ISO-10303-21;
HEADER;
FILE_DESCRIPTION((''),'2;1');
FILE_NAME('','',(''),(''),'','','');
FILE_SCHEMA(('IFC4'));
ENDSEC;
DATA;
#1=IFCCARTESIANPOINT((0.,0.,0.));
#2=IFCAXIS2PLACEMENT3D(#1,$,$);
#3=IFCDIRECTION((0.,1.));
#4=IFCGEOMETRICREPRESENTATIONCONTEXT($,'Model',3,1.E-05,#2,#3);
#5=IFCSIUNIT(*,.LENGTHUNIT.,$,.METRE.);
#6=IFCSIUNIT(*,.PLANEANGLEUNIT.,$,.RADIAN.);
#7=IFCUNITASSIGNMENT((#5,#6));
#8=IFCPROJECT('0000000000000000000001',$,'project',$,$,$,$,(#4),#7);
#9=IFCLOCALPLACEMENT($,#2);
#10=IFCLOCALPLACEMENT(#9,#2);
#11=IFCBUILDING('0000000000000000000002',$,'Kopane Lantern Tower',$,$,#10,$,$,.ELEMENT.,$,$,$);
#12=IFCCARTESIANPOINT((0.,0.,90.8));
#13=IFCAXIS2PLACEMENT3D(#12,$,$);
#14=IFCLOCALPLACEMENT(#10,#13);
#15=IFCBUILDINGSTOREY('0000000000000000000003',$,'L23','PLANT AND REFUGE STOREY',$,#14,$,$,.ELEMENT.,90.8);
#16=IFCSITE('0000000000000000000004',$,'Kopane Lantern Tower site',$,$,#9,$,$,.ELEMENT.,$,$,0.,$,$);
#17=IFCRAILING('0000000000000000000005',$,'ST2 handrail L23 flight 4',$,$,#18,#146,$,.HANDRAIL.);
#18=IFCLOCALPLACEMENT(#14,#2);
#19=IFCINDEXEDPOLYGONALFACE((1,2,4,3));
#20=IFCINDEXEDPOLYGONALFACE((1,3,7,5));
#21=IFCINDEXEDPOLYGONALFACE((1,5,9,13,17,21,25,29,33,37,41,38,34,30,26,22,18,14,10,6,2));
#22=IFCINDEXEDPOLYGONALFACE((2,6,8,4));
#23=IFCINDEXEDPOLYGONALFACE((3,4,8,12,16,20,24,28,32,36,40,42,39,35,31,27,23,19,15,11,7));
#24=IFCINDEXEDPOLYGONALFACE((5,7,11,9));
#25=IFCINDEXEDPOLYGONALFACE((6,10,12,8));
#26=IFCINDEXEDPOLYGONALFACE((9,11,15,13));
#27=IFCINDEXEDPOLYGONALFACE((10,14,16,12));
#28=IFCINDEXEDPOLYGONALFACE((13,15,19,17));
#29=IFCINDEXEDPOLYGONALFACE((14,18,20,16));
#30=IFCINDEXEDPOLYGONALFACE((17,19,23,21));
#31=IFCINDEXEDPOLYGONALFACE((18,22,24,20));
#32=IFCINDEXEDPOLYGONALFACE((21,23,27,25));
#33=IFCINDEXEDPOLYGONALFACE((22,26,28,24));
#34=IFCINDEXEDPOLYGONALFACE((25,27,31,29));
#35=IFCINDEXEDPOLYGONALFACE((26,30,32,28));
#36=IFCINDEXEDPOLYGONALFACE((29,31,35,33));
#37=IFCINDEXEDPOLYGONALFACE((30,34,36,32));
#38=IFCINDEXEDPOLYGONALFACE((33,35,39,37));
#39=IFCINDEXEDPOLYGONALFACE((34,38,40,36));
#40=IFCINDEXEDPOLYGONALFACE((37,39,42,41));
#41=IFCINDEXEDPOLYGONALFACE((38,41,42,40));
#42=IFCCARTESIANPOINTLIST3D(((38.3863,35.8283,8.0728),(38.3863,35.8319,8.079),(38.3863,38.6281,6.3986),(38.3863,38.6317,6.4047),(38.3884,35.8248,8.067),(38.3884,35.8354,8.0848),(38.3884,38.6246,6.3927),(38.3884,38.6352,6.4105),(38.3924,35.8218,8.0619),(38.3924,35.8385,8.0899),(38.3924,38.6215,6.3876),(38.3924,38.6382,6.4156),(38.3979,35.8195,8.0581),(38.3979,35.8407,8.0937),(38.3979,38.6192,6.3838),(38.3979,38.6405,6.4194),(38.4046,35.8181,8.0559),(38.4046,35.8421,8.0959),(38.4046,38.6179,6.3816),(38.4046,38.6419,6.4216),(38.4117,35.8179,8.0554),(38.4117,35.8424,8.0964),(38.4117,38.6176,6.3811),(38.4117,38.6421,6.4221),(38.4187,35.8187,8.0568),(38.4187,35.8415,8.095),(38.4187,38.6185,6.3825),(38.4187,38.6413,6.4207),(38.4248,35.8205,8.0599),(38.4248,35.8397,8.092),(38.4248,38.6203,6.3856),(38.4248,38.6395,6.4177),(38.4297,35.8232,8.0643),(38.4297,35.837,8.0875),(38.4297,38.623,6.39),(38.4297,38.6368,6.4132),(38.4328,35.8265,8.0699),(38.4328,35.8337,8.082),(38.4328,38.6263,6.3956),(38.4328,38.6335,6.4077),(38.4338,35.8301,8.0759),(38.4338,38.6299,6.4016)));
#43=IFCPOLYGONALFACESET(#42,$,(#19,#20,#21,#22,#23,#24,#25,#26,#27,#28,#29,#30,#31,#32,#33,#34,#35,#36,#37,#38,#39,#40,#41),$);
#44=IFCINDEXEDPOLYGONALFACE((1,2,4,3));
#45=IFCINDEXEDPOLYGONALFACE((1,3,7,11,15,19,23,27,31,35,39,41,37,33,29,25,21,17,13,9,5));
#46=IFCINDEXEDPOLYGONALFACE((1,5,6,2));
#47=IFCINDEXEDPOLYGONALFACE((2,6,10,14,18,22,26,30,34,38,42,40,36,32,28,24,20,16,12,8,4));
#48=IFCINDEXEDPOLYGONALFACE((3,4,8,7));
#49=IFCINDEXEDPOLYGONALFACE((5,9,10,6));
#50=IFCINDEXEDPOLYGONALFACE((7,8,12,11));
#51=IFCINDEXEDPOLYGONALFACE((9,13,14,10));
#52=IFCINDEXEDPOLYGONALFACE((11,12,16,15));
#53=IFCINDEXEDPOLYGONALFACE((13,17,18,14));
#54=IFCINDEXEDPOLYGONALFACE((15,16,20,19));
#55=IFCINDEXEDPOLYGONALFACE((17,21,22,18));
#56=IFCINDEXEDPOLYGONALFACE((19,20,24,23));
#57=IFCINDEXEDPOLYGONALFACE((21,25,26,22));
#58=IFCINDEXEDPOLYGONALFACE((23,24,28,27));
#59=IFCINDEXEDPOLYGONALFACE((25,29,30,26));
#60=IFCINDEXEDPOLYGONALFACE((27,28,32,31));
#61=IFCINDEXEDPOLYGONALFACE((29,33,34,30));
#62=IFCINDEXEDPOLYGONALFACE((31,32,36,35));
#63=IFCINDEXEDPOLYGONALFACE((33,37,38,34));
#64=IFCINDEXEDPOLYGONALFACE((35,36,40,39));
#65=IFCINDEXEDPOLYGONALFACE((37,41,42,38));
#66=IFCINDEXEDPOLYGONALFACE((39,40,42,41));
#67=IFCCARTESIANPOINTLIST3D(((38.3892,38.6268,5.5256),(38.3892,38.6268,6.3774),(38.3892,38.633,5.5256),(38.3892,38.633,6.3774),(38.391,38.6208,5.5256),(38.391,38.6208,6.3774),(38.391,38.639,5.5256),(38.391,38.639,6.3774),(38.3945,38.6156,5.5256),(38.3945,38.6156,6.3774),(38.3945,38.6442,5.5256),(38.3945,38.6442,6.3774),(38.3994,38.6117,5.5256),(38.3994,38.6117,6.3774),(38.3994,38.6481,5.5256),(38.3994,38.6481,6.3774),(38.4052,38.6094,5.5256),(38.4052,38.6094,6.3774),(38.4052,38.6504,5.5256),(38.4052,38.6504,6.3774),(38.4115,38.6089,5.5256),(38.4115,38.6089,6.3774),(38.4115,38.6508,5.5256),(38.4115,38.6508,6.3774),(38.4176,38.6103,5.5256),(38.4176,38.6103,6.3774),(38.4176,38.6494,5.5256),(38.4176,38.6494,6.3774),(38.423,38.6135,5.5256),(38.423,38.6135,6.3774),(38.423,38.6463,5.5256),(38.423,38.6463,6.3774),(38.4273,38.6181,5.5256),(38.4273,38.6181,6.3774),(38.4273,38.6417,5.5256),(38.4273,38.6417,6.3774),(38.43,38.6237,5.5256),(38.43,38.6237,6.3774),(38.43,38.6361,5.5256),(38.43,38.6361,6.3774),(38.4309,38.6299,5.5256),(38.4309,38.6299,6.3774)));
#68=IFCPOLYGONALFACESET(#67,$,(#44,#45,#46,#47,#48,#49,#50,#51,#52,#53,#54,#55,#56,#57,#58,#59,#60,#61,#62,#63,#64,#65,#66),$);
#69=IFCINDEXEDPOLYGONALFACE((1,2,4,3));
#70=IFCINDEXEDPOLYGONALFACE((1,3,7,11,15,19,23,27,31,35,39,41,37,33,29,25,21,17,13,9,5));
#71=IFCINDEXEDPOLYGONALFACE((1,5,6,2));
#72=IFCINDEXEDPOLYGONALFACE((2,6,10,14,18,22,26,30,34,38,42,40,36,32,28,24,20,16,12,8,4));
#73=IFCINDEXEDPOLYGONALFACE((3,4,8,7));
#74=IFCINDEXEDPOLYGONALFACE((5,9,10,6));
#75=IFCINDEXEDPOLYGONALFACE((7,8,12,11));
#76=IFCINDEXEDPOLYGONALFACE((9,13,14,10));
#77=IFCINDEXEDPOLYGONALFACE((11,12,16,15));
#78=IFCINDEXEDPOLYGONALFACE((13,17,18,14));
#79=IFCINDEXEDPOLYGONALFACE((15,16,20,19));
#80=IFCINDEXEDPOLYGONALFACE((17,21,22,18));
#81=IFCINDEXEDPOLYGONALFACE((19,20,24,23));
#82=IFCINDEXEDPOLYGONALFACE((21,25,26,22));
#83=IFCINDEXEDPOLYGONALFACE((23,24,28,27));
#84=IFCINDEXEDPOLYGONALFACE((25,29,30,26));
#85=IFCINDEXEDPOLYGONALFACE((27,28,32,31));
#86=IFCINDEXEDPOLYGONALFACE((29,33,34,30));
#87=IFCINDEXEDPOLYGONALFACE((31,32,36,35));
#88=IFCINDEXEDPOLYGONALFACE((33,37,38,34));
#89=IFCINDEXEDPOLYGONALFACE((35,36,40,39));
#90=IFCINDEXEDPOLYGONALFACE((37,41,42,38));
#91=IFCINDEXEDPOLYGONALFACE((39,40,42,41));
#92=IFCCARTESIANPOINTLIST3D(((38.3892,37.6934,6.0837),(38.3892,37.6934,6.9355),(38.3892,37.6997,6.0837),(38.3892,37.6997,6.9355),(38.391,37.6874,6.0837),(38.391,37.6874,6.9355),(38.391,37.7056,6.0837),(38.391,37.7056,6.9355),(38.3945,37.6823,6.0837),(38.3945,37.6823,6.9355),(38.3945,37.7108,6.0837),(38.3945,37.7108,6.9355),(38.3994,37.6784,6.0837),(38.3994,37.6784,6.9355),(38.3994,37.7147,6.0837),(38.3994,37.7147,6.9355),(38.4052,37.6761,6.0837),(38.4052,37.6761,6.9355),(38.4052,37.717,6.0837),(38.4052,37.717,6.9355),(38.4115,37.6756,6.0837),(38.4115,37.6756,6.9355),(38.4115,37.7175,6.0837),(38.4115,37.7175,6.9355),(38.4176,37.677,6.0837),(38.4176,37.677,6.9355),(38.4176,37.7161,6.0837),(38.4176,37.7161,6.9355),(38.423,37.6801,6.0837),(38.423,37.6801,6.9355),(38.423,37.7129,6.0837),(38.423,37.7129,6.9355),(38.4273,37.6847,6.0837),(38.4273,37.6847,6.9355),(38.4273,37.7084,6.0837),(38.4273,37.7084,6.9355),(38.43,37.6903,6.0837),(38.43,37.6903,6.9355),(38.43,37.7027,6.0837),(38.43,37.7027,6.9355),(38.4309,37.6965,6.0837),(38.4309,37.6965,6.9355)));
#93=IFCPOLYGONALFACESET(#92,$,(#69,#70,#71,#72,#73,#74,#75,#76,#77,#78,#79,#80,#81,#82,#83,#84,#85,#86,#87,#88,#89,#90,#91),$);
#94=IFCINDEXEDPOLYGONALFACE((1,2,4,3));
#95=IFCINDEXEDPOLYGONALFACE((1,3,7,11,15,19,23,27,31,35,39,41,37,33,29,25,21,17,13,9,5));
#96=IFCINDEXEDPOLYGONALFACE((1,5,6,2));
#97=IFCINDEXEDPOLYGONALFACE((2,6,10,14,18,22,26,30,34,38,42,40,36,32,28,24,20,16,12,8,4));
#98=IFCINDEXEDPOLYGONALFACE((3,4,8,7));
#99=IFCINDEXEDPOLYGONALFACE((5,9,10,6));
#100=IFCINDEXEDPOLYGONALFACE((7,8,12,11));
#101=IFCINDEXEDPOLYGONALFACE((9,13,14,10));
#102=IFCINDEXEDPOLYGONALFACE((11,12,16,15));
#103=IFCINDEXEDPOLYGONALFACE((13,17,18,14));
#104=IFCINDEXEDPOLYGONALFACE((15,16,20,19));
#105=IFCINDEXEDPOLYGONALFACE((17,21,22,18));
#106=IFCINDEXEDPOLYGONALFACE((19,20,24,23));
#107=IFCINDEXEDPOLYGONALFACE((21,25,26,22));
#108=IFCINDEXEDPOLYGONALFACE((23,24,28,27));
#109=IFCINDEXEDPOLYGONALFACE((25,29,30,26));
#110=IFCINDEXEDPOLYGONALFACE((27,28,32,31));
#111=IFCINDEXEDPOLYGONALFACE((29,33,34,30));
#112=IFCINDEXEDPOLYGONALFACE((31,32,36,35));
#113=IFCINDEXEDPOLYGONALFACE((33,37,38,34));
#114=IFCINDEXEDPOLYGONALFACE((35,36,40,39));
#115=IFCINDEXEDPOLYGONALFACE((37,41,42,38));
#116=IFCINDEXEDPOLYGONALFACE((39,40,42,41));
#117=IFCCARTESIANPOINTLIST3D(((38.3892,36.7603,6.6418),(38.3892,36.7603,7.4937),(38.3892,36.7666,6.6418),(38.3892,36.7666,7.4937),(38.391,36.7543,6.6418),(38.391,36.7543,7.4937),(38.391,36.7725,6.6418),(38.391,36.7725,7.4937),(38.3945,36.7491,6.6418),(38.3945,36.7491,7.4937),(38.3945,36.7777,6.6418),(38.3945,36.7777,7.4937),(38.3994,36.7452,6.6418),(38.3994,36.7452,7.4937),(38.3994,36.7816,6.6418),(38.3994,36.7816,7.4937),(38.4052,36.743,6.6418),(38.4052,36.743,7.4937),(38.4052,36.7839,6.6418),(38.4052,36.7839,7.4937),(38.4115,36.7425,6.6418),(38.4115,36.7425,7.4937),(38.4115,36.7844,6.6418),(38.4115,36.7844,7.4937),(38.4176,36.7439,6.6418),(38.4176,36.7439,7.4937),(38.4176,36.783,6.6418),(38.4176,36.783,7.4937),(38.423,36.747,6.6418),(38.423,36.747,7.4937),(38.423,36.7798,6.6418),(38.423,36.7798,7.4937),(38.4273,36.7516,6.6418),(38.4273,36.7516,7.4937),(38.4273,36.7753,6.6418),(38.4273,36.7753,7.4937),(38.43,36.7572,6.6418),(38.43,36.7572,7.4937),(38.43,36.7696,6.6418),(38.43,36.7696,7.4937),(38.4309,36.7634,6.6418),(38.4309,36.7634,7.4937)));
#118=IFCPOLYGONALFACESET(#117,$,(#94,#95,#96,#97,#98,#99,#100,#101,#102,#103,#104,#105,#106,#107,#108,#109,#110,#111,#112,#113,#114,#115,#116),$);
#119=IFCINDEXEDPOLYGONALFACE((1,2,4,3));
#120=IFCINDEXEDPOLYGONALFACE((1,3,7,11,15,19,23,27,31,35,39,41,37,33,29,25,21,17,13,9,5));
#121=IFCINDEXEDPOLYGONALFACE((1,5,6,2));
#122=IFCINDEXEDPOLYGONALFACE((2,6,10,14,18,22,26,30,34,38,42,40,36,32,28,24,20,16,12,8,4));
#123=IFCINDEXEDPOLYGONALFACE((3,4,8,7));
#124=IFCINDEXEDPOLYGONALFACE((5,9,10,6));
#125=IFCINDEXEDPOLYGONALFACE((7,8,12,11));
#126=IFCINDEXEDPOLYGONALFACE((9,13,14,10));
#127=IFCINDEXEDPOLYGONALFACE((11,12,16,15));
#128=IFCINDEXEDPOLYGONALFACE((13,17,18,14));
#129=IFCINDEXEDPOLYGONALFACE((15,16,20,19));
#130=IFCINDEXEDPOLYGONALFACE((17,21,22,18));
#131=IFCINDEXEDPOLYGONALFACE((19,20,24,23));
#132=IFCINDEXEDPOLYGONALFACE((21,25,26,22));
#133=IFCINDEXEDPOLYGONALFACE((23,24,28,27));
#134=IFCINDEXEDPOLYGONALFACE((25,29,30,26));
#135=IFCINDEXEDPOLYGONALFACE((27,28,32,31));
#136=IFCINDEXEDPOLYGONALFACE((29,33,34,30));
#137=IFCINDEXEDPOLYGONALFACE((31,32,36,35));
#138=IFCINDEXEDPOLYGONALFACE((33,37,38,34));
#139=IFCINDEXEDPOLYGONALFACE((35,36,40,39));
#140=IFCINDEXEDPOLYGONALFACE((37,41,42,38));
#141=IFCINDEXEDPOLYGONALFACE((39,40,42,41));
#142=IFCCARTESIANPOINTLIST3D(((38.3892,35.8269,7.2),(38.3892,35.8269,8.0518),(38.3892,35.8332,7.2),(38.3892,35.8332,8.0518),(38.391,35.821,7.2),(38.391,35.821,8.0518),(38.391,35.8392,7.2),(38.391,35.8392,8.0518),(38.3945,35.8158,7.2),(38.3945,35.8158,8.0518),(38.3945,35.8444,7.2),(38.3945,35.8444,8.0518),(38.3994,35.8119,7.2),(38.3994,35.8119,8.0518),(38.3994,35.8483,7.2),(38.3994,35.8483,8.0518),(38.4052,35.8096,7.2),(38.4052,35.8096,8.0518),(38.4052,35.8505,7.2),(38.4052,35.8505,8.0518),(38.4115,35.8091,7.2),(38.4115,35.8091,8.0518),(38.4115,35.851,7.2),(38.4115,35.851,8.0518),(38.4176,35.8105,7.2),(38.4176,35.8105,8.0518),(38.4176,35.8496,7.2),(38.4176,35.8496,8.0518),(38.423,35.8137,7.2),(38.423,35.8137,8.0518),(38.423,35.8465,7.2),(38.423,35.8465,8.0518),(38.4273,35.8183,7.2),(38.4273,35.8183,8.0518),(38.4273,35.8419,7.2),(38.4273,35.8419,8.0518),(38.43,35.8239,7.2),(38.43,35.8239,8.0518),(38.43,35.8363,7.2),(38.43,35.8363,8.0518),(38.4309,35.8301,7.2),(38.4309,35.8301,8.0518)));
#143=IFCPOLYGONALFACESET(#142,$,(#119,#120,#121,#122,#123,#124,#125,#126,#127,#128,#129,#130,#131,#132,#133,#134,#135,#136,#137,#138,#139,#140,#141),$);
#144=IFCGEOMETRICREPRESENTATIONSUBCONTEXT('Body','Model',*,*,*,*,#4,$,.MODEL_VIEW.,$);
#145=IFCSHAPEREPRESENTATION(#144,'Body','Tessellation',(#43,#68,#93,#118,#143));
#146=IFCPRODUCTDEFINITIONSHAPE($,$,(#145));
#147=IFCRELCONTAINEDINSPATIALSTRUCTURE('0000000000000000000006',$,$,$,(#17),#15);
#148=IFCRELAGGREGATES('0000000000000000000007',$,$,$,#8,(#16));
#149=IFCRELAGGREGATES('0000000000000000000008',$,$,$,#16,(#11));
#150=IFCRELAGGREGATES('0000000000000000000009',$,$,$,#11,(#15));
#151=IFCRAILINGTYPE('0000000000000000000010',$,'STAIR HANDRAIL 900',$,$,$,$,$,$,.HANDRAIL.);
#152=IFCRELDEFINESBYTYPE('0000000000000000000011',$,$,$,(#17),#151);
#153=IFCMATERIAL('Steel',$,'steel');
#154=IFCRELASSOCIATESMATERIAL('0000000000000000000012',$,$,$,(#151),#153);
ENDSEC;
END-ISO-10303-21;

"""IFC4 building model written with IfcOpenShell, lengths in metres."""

from ifc_helpers import new_model, si_unit, direction, frame, origin, origin_2d, place, context, subcontext, project, spatial, circle, extrude, material, type_object, element, save


model = new_model("IFC4")

# Units and contexts
model_context = context("Model", 3, precision=1e-05, world=origin(), true_north=direction((0.0, 1.0)))
body_context = subcontext(model_context, "Body", "Model", "MODEL_VIEW")
ifc_project = project(units=[si_unit("LENGTHUNIT", "METRE"), si_unit("PLANEANGLEUNIT", "RADIAN")], contexts=[model_context])

# Site, building, storey
site_placement = place(None, origin())
site = spatial("IfcSite", under=ifc_project, at=site_placement, Name="Kopane Lantern Tower site", CompositionType="ELEMENT", RefElevation=0.0)
building_placement = place(site_placement, origin())
building = spatial("IfcBuilding", under=site, at=building_placement, Name="Kopane Lantern Tower", CompositionType="ELEMENT")
storey_placement = place(building_placement, frame((0.0, 0.0, 90.8)))
storey = spatial("IfcBuildingStorey", under=building, at=storey_placement, Name="L23", Description="PLANT AND REFUGE STOREY", CompositionType="ELEMENT", Elevation=90.8)

# Railing
ifc_material_1 = material(Name="Steel", Category="steel")
railing_type_1 = type_object("IfcRailingType", Name="STAIR HANDRAIL 900", PredefinedType="HANDRAIL", material=ifc_material_1)
for number, where, name in (
    (1, (38.4099, 38.6299, 5.5256), "ST2 handrail L23 flight 4"),
):
    element("IfcRailing", number, at=place(storey_placement, frame(where)), inside=storey, type_object=railing_type_1, Name=name, PredefinedType="HANDRAIL", context=body_context, shape_type="SweptSolid", body=[
        extrude(circle(Radius=0.0239, at=origin_2d()), frame((0.0, 0.0, 0.876), z_axis=(0.0, -0.858245, 0.513241), x_axis=(1.0, 0.0, 0.0)), (0.0, 0.0, 1.0), 3.2622),
        extrude(circle(Radius=0.021, at=origin_2d()), origin(), (0.0, 0.0, 1.0), 0.8518),
        extrude(circle(Radius=0.021, at=origin_2d()), frame((0.0, -0.9333, 0.5581)), (0.0, 0.0, 1.0), 0.8518),
        extrude(circle(Radius=0.021, at=origin_2d()), frame((0.0, -1.8665, 1.1162)), (0.0, 0.0, 1.0), 0.8518),
        extrude(circle(Radius=0.021, at=origin_2d()), frame((0.0, -2.7998, 1.6743)), (0.0, 0.0, 1.0), 0.8518),
    ])

save(model, "model.ifc")
